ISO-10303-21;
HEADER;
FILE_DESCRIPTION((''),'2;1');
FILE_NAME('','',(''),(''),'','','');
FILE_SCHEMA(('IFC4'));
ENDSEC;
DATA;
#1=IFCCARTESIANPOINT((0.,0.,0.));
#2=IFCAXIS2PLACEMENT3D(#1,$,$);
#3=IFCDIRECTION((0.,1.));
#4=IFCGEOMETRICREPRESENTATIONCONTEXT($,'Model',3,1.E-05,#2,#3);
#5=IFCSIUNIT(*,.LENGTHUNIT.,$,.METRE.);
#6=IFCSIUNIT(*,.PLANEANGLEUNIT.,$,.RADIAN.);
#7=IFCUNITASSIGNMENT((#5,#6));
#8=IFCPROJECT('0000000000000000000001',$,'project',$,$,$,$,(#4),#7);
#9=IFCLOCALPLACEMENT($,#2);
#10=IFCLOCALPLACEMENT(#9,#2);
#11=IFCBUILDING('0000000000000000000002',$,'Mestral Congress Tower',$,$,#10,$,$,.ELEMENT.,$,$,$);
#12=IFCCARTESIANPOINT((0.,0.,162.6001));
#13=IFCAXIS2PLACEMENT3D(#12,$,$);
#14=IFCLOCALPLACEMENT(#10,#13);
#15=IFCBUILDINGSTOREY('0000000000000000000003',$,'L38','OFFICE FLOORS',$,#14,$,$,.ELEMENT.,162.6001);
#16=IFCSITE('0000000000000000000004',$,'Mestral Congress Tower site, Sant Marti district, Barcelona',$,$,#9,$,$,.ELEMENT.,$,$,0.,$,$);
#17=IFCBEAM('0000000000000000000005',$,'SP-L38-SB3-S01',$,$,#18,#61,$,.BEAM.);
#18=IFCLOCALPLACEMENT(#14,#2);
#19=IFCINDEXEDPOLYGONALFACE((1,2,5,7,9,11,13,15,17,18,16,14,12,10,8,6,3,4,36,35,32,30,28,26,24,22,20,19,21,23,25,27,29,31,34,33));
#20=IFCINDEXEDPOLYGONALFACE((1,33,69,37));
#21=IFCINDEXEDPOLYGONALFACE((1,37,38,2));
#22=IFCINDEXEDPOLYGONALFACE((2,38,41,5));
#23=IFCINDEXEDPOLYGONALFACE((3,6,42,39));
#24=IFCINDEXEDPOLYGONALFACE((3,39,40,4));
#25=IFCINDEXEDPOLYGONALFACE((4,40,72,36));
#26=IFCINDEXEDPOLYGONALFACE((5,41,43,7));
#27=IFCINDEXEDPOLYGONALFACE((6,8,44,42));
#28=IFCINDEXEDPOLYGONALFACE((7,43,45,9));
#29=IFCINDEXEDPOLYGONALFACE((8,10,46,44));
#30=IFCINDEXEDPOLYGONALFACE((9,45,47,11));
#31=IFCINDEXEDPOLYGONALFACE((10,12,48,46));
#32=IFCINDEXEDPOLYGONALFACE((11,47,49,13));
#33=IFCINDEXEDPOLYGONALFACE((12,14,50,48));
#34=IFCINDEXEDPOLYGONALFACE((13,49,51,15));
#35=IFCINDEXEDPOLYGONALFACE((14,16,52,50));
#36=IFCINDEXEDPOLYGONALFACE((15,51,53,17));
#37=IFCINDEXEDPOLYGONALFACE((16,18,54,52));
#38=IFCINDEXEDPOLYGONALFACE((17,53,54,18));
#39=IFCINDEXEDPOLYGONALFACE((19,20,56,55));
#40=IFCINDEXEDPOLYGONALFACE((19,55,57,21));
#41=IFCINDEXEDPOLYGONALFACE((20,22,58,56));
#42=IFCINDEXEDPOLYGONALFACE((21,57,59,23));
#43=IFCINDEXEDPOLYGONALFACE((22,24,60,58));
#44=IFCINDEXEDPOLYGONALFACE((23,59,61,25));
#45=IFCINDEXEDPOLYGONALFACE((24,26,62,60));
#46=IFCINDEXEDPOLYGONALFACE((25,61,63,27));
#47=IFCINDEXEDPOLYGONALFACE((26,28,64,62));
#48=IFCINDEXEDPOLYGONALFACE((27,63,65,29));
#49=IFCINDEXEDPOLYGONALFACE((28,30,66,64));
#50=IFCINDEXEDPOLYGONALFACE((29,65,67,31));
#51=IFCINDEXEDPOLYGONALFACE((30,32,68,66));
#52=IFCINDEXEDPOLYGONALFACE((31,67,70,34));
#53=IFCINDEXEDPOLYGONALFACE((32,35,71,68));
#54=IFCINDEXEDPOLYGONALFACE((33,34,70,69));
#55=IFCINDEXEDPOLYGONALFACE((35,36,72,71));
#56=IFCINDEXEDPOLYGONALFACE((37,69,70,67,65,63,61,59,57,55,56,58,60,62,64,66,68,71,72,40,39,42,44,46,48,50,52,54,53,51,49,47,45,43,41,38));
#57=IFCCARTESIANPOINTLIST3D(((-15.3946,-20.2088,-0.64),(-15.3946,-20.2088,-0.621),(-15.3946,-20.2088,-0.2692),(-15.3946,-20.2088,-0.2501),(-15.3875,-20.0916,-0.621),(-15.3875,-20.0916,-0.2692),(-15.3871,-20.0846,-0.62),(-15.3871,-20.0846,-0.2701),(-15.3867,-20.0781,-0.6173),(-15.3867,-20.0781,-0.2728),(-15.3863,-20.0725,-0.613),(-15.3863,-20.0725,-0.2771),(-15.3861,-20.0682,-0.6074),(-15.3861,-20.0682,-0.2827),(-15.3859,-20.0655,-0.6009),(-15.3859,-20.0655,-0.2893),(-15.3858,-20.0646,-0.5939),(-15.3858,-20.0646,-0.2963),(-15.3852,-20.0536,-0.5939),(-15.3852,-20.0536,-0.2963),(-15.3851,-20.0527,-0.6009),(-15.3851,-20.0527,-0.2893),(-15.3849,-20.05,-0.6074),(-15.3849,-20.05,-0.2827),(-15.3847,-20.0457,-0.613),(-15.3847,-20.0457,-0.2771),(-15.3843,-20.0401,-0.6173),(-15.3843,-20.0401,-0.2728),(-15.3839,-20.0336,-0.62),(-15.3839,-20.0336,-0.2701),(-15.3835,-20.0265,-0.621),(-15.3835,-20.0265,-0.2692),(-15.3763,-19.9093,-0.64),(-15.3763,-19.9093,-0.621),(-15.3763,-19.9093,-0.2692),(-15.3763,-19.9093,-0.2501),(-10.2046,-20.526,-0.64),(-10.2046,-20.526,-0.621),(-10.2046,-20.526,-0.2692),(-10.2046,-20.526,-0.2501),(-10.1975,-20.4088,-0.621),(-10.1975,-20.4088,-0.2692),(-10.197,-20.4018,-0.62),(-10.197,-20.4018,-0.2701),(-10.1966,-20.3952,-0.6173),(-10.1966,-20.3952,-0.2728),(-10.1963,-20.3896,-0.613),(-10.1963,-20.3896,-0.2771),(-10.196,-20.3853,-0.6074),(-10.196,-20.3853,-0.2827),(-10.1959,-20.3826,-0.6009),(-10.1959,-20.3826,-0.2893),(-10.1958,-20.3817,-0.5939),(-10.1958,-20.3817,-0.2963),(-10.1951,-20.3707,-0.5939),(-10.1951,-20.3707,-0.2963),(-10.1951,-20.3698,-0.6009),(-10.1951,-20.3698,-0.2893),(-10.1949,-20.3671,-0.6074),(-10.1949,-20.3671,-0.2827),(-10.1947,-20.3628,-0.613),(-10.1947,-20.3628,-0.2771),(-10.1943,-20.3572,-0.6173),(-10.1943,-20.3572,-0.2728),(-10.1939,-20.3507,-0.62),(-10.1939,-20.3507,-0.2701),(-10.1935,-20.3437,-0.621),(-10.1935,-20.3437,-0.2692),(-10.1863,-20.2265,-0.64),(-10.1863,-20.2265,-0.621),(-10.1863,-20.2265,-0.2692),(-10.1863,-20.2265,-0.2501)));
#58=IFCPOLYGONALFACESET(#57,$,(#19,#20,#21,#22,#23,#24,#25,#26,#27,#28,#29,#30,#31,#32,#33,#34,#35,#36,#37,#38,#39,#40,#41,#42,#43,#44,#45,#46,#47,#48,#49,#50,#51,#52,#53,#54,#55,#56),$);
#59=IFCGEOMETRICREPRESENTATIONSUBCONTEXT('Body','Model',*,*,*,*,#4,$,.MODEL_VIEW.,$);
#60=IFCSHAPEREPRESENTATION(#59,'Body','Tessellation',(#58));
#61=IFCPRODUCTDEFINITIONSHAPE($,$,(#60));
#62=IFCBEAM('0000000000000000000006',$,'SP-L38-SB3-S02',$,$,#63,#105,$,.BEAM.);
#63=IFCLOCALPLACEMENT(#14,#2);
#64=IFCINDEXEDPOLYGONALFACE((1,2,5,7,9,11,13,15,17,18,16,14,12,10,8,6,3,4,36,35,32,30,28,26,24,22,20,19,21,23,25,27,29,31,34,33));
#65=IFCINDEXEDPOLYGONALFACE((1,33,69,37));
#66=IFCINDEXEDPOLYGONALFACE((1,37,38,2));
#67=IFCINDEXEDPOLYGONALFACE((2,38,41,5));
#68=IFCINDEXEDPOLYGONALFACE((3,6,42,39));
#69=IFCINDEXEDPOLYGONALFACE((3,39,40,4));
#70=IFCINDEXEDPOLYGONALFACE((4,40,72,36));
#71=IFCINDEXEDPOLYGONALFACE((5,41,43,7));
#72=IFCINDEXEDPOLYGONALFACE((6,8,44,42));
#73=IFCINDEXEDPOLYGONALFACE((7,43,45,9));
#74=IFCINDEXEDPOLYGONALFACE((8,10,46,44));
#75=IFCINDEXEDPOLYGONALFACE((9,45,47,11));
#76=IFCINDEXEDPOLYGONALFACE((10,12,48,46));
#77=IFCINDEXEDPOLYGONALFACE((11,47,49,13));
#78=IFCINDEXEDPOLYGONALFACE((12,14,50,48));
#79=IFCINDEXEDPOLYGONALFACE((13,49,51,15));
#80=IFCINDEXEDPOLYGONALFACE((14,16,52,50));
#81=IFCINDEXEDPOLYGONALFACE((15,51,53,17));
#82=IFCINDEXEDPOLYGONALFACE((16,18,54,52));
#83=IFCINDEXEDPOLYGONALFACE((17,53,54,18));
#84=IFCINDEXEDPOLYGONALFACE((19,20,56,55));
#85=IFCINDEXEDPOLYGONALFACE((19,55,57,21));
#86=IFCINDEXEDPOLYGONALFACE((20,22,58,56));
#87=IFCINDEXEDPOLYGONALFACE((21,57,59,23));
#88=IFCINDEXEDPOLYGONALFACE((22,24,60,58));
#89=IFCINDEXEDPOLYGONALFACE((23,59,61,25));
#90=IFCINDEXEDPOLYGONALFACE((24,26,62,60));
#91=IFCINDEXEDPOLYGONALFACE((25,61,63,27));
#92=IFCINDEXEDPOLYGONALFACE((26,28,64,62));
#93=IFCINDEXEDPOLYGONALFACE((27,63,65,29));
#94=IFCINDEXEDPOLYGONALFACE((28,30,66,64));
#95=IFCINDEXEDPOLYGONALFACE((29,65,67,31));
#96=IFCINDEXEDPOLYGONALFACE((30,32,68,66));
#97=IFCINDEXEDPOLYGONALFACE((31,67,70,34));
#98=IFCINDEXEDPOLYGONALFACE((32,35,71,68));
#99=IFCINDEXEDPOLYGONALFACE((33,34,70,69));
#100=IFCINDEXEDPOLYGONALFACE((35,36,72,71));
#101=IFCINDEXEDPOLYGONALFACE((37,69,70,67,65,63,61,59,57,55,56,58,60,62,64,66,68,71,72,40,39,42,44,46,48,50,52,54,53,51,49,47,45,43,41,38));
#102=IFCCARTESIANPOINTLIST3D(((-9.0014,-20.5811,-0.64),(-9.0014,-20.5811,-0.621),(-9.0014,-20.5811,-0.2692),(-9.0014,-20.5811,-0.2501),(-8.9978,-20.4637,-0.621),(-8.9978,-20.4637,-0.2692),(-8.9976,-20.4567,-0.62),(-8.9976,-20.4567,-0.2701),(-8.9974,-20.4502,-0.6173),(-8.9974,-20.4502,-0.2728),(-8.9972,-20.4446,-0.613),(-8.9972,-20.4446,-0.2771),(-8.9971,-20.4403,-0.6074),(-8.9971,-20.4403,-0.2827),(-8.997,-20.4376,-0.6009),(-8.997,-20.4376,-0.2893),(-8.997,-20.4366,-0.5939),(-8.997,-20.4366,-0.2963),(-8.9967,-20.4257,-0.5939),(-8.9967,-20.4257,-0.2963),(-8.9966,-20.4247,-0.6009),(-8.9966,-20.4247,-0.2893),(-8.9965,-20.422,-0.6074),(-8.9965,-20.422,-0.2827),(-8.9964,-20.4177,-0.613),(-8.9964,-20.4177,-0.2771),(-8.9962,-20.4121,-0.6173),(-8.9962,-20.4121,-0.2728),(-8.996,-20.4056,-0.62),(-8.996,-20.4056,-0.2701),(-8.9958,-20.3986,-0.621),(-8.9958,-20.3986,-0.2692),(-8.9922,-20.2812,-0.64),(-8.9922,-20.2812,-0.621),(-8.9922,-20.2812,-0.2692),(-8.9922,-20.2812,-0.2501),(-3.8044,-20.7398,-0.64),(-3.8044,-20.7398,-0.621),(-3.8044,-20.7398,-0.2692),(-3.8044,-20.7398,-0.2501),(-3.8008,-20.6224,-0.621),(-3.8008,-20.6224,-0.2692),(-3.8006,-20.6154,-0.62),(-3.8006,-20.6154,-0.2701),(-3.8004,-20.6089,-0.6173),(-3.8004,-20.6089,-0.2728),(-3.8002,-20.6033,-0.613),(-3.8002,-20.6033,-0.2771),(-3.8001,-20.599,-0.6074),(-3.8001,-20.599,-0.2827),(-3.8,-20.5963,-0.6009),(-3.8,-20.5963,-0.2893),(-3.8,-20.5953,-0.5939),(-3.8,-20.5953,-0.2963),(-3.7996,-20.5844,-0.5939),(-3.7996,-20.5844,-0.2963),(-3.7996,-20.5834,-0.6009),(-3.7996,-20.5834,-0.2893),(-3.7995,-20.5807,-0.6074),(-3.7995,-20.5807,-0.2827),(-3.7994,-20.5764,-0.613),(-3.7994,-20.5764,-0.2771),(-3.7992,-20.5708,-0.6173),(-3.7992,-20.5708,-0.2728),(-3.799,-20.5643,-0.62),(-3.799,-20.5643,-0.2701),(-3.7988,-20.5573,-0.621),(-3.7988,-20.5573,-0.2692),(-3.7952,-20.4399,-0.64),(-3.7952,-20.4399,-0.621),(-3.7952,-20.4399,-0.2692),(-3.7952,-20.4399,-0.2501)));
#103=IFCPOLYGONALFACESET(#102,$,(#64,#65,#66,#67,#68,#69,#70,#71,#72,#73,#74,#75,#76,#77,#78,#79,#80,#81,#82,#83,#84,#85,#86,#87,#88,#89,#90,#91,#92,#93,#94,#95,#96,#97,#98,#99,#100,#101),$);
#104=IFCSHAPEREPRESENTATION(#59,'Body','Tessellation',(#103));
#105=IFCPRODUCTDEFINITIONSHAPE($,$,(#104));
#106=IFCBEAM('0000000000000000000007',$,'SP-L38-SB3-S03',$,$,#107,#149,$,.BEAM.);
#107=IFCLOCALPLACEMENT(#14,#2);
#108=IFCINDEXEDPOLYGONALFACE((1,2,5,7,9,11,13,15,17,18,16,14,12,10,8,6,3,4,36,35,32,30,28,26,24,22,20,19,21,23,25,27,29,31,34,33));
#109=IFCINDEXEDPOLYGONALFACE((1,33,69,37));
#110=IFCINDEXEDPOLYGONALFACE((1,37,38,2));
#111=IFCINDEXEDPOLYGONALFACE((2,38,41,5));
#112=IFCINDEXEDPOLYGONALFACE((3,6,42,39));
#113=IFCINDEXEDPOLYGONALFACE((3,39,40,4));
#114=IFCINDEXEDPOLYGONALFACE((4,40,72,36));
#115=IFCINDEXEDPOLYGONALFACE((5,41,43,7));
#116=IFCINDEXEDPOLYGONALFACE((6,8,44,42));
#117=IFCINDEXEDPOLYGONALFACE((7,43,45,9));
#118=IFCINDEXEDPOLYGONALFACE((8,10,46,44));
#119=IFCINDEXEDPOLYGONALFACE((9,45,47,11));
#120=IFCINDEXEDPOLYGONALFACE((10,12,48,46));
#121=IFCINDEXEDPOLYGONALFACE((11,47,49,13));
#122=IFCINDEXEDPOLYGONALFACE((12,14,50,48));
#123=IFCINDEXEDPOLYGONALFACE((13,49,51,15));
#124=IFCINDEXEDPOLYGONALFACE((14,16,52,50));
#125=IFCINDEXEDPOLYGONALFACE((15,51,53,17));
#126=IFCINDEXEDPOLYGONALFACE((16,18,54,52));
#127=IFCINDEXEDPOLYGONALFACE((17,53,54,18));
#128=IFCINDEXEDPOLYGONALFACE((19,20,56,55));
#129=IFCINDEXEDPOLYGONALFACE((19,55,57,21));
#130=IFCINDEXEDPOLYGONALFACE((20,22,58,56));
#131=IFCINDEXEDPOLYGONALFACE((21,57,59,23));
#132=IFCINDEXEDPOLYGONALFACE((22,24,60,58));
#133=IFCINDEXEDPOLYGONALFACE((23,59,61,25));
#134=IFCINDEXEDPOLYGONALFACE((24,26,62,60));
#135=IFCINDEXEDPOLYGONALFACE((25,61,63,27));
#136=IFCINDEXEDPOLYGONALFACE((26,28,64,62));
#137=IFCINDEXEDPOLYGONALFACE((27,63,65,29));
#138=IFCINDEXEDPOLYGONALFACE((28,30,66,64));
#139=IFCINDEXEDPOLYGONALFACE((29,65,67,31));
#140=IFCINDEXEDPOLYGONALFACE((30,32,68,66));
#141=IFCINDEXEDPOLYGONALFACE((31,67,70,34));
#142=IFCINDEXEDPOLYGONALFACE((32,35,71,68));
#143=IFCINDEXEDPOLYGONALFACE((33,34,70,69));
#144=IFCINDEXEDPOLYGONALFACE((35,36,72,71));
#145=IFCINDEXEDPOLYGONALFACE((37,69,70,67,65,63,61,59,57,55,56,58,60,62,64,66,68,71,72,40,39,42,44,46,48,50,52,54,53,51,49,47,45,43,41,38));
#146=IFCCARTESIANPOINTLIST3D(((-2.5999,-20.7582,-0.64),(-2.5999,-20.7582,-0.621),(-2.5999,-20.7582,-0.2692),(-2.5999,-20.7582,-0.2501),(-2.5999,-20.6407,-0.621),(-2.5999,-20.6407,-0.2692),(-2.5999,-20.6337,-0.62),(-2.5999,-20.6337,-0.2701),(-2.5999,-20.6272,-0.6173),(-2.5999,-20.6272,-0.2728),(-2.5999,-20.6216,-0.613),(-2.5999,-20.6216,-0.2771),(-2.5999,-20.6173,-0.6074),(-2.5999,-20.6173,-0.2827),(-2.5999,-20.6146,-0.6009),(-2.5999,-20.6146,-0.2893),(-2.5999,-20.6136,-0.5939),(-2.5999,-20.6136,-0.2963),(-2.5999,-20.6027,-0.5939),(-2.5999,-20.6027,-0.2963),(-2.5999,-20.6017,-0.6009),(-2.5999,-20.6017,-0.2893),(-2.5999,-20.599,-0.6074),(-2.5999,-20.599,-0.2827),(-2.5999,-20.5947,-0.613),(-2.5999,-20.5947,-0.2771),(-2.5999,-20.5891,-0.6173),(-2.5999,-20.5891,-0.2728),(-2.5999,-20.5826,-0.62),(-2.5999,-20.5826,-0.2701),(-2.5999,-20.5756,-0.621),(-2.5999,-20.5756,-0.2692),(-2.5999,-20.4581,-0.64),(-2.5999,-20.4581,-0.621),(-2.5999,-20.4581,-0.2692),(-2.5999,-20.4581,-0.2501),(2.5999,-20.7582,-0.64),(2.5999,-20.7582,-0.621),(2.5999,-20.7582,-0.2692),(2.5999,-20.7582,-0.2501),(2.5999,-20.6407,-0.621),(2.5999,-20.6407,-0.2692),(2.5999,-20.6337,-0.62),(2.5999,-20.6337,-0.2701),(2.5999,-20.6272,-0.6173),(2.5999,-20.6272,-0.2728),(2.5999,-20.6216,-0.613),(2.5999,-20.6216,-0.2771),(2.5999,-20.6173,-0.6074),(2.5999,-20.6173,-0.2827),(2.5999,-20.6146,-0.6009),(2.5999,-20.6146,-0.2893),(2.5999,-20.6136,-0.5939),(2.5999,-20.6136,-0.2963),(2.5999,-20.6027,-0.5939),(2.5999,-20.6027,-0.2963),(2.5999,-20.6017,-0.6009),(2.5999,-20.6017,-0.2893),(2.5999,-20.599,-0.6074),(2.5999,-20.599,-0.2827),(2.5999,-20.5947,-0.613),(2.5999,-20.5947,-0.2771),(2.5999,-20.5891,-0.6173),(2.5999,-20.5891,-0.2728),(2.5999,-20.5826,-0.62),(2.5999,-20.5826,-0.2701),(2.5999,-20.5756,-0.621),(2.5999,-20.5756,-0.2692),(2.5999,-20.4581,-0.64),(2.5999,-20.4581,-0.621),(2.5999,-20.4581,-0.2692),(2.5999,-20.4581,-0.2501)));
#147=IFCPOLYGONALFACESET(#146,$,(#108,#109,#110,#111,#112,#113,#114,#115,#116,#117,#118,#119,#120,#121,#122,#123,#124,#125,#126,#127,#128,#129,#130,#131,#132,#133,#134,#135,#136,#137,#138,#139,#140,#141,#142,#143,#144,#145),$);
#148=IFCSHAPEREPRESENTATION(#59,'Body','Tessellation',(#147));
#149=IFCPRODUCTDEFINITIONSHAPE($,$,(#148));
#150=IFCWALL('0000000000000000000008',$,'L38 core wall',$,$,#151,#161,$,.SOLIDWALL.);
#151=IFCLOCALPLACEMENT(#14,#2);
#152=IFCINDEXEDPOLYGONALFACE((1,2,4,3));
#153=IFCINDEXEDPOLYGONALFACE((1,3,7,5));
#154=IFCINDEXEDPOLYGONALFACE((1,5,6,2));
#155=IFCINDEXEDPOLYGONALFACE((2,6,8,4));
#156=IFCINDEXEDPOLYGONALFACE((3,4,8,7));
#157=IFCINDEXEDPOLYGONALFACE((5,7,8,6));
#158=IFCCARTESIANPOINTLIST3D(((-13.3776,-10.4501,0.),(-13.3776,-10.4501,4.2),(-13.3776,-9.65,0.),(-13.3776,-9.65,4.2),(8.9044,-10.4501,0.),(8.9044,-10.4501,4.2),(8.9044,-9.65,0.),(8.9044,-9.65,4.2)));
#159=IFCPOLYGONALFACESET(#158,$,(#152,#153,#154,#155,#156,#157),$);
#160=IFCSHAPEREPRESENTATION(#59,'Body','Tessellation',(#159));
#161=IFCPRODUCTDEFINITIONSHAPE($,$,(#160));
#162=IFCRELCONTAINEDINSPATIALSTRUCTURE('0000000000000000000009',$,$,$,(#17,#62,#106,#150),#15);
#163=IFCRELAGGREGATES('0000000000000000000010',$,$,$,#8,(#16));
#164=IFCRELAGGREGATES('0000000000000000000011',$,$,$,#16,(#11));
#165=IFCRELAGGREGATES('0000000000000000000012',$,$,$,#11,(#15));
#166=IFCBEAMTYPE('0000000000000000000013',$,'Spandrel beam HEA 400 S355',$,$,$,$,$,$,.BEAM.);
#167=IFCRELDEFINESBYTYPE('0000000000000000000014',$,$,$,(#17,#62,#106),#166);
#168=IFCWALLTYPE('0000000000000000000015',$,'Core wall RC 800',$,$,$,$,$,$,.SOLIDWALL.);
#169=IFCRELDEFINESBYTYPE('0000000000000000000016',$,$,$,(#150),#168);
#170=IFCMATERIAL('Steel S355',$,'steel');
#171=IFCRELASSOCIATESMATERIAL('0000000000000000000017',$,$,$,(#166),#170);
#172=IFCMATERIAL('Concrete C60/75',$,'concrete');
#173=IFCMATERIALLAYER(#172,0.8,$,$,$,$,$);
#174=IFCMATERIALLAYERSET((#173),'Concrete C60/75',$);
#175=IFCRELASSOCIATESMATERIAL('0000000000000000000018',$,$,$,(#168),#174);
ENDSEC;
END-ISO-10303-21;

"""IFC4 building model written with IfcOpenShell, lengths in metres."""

from ifc_helpers import new_model, si_unit, direction, frame, frame_2d, origin, origin_2d, place, context, subcontext, project, spatial, rectangle, i_section, extrude, material, layer, layer_set, material_profile, profile_set, type_object, element, save


model = new_model("IFC4")

# Units and contexts
model_context = context("Model", 3, precision=1e-05, world=origin(), true_north=direction((0.0, 1.0)))
body_context = subcontext(model_context, "Body", "Model", "MODEL_VIEW")
ifc_project = project(units=[si_unit("LENGTHUNIT", "METRE"), si_unit("PLANEANGLEUNIT", "RADIAN")], contexts=[model_context])

# Site, building, storey
site_placement = place(None, origin())
site = spatial("IfcSite", under=ifc_project, at=site_placement, Name="Mestral Congress Tower site, Sant Marti district, Barcelona", CompositionType="ELEMENT", RefElevation=0.0)
building_placement = place(site_placement, origin())
building = spatial("IfcBuilding", under=site, at=building_placement, Name="Mestral Congress Tower", CompositionType="ELEMENT")
storey_placement = place(building_placement, frame((0.0, 0.0, 162.6001)))
storey = spatial("IfcBuildingStorey", under=building, at=storey_placement, Name="L38", Description="OFFICE FLOORS", CompositionType="ELEMENT", Elevation=162.6001)

# Shared definitions
ifc_material_1 = material(Name="Concrete C60/75", Category="concrete")

# Beams
ifc_material_2 = material(Name="Steel S355", Category="steel")
ifc_material_profile_1 = material_profile(ifc_material_2, i_section(OverallWidth=0.3, OverallDepth=0.3899, WebThickness=0.011, FlangeThickness=0.019, FilletRadius=0.0271, at=origin_2d()), Name="HEA 400")
ifc_profile_set_1 = profile_set([ifc_material_profile_1], Name="Steel S355")
beam_type_1 = type_object("IfcBeamType", Name="Spandrel beam HEA 400 S355", PredefinedType="BEAM", material=ifc_profile_set_1)
beam_1_placement = place(storey_placement, frame((-15.3855, -20.0591, -0.4451), z_axis=(0.998138, -0.060993, 0.0), x_axis=(0.060993, 0.998138, 0.0)))
element("IfcBeam", 1, at=beam_1_placement, inside=storey, type_object=beam_type_1, Name="SP-L38-SB3-S01", PredefinedType="BEAM", context=body_context, shape_type="SweptSolid", body=[
    extrude(i_section(OverallWidth=0.3, OverallDepth=0.3899, WebThickness=0.011, FlangeThickness=0.019, FilletRadius=0.0271, at=origin_2d()), origin(), (0.0, 0.0, 1.0), 5.1997),
])
beam_2_placement = place(storey_placement, frame((-8.9968, -20.4312, -0.4451), z_axis=(0.999534, -0.030521, 0.0), x_axis=(0.030521, 0.999534, 0.0)))
element("IfcBeam", 2, at=beam_2_placement, inside=storey, type_object=beam_type_1, Name="SP-L38-SB3-S02", PredefinedType="BEAM", context=body_context, shape_type="SweptSolid", body=[
    extrude(i_section(OverallWidth=0.3, OverallDepth=0.3899, WebThickness=0.011, FlangeThickness=0.019, FilletRadius=0.0271, at=origin_2d()), origin(), (0.0, 0.0, 1.0), 5.1995),
])
beam_3_placement = place(storey_placement, frame((-2.5999, -20.6082, -0.4451), z_axis=(1.0, 0.0, 0.0), x_axis=(0.0, 1.0, 0.0)))
element("IfcBeam", 3, at=beam_3_placement, inside=storey, type_object=beam_type_1, Name="SP-L38-SB3-S03", PredefinedType="BEAM", context=body_context, shape_type="SweptSolid", body=[
    extrude(i_section(OverallWidth=0.3, OverallDepth=0.3899, WebThickness=0.011, FlangeThickness=0.019, FilletRadius=0.0271, at=origin_2d()), origin(), (0.0, 0.0, 1.0), 5.1997),
])

# Wall
ifc_layer_1 = layer(ifc_material_1, 0.8)
ifc_layer_set_1 = layer_set([ifc_layer_1], Name="Concrete C60/75")
wall_type_1 = type_object("IfcWallType", Name="Core wall RC 800", PredefinedType="SOLIDWALL", material=ifc_layer_set_1)
wall_1_placement = place(storey_placement, frame((-13.3777, -10.05, 0.0), z_axis=(0.0, 0.0, 1.0), x_axis=(1.0, 0.0, 0.0)))
element("IfcWall", 4, at=wall_1_placement, inside=storey, type_object=wall_type_1, Name="L38 core wall", PredefinedType="SOLIDWALL", context=body_context, shape_type="SweptSolid", body=[
    extrude(rectangle(XDim=22.282, YDim=0.8, at=frame_2d((11.1411, 0.0))), origin(), (0.0, 0.0, 1.0), 4.2),
])

save(model, "model.ifc")
